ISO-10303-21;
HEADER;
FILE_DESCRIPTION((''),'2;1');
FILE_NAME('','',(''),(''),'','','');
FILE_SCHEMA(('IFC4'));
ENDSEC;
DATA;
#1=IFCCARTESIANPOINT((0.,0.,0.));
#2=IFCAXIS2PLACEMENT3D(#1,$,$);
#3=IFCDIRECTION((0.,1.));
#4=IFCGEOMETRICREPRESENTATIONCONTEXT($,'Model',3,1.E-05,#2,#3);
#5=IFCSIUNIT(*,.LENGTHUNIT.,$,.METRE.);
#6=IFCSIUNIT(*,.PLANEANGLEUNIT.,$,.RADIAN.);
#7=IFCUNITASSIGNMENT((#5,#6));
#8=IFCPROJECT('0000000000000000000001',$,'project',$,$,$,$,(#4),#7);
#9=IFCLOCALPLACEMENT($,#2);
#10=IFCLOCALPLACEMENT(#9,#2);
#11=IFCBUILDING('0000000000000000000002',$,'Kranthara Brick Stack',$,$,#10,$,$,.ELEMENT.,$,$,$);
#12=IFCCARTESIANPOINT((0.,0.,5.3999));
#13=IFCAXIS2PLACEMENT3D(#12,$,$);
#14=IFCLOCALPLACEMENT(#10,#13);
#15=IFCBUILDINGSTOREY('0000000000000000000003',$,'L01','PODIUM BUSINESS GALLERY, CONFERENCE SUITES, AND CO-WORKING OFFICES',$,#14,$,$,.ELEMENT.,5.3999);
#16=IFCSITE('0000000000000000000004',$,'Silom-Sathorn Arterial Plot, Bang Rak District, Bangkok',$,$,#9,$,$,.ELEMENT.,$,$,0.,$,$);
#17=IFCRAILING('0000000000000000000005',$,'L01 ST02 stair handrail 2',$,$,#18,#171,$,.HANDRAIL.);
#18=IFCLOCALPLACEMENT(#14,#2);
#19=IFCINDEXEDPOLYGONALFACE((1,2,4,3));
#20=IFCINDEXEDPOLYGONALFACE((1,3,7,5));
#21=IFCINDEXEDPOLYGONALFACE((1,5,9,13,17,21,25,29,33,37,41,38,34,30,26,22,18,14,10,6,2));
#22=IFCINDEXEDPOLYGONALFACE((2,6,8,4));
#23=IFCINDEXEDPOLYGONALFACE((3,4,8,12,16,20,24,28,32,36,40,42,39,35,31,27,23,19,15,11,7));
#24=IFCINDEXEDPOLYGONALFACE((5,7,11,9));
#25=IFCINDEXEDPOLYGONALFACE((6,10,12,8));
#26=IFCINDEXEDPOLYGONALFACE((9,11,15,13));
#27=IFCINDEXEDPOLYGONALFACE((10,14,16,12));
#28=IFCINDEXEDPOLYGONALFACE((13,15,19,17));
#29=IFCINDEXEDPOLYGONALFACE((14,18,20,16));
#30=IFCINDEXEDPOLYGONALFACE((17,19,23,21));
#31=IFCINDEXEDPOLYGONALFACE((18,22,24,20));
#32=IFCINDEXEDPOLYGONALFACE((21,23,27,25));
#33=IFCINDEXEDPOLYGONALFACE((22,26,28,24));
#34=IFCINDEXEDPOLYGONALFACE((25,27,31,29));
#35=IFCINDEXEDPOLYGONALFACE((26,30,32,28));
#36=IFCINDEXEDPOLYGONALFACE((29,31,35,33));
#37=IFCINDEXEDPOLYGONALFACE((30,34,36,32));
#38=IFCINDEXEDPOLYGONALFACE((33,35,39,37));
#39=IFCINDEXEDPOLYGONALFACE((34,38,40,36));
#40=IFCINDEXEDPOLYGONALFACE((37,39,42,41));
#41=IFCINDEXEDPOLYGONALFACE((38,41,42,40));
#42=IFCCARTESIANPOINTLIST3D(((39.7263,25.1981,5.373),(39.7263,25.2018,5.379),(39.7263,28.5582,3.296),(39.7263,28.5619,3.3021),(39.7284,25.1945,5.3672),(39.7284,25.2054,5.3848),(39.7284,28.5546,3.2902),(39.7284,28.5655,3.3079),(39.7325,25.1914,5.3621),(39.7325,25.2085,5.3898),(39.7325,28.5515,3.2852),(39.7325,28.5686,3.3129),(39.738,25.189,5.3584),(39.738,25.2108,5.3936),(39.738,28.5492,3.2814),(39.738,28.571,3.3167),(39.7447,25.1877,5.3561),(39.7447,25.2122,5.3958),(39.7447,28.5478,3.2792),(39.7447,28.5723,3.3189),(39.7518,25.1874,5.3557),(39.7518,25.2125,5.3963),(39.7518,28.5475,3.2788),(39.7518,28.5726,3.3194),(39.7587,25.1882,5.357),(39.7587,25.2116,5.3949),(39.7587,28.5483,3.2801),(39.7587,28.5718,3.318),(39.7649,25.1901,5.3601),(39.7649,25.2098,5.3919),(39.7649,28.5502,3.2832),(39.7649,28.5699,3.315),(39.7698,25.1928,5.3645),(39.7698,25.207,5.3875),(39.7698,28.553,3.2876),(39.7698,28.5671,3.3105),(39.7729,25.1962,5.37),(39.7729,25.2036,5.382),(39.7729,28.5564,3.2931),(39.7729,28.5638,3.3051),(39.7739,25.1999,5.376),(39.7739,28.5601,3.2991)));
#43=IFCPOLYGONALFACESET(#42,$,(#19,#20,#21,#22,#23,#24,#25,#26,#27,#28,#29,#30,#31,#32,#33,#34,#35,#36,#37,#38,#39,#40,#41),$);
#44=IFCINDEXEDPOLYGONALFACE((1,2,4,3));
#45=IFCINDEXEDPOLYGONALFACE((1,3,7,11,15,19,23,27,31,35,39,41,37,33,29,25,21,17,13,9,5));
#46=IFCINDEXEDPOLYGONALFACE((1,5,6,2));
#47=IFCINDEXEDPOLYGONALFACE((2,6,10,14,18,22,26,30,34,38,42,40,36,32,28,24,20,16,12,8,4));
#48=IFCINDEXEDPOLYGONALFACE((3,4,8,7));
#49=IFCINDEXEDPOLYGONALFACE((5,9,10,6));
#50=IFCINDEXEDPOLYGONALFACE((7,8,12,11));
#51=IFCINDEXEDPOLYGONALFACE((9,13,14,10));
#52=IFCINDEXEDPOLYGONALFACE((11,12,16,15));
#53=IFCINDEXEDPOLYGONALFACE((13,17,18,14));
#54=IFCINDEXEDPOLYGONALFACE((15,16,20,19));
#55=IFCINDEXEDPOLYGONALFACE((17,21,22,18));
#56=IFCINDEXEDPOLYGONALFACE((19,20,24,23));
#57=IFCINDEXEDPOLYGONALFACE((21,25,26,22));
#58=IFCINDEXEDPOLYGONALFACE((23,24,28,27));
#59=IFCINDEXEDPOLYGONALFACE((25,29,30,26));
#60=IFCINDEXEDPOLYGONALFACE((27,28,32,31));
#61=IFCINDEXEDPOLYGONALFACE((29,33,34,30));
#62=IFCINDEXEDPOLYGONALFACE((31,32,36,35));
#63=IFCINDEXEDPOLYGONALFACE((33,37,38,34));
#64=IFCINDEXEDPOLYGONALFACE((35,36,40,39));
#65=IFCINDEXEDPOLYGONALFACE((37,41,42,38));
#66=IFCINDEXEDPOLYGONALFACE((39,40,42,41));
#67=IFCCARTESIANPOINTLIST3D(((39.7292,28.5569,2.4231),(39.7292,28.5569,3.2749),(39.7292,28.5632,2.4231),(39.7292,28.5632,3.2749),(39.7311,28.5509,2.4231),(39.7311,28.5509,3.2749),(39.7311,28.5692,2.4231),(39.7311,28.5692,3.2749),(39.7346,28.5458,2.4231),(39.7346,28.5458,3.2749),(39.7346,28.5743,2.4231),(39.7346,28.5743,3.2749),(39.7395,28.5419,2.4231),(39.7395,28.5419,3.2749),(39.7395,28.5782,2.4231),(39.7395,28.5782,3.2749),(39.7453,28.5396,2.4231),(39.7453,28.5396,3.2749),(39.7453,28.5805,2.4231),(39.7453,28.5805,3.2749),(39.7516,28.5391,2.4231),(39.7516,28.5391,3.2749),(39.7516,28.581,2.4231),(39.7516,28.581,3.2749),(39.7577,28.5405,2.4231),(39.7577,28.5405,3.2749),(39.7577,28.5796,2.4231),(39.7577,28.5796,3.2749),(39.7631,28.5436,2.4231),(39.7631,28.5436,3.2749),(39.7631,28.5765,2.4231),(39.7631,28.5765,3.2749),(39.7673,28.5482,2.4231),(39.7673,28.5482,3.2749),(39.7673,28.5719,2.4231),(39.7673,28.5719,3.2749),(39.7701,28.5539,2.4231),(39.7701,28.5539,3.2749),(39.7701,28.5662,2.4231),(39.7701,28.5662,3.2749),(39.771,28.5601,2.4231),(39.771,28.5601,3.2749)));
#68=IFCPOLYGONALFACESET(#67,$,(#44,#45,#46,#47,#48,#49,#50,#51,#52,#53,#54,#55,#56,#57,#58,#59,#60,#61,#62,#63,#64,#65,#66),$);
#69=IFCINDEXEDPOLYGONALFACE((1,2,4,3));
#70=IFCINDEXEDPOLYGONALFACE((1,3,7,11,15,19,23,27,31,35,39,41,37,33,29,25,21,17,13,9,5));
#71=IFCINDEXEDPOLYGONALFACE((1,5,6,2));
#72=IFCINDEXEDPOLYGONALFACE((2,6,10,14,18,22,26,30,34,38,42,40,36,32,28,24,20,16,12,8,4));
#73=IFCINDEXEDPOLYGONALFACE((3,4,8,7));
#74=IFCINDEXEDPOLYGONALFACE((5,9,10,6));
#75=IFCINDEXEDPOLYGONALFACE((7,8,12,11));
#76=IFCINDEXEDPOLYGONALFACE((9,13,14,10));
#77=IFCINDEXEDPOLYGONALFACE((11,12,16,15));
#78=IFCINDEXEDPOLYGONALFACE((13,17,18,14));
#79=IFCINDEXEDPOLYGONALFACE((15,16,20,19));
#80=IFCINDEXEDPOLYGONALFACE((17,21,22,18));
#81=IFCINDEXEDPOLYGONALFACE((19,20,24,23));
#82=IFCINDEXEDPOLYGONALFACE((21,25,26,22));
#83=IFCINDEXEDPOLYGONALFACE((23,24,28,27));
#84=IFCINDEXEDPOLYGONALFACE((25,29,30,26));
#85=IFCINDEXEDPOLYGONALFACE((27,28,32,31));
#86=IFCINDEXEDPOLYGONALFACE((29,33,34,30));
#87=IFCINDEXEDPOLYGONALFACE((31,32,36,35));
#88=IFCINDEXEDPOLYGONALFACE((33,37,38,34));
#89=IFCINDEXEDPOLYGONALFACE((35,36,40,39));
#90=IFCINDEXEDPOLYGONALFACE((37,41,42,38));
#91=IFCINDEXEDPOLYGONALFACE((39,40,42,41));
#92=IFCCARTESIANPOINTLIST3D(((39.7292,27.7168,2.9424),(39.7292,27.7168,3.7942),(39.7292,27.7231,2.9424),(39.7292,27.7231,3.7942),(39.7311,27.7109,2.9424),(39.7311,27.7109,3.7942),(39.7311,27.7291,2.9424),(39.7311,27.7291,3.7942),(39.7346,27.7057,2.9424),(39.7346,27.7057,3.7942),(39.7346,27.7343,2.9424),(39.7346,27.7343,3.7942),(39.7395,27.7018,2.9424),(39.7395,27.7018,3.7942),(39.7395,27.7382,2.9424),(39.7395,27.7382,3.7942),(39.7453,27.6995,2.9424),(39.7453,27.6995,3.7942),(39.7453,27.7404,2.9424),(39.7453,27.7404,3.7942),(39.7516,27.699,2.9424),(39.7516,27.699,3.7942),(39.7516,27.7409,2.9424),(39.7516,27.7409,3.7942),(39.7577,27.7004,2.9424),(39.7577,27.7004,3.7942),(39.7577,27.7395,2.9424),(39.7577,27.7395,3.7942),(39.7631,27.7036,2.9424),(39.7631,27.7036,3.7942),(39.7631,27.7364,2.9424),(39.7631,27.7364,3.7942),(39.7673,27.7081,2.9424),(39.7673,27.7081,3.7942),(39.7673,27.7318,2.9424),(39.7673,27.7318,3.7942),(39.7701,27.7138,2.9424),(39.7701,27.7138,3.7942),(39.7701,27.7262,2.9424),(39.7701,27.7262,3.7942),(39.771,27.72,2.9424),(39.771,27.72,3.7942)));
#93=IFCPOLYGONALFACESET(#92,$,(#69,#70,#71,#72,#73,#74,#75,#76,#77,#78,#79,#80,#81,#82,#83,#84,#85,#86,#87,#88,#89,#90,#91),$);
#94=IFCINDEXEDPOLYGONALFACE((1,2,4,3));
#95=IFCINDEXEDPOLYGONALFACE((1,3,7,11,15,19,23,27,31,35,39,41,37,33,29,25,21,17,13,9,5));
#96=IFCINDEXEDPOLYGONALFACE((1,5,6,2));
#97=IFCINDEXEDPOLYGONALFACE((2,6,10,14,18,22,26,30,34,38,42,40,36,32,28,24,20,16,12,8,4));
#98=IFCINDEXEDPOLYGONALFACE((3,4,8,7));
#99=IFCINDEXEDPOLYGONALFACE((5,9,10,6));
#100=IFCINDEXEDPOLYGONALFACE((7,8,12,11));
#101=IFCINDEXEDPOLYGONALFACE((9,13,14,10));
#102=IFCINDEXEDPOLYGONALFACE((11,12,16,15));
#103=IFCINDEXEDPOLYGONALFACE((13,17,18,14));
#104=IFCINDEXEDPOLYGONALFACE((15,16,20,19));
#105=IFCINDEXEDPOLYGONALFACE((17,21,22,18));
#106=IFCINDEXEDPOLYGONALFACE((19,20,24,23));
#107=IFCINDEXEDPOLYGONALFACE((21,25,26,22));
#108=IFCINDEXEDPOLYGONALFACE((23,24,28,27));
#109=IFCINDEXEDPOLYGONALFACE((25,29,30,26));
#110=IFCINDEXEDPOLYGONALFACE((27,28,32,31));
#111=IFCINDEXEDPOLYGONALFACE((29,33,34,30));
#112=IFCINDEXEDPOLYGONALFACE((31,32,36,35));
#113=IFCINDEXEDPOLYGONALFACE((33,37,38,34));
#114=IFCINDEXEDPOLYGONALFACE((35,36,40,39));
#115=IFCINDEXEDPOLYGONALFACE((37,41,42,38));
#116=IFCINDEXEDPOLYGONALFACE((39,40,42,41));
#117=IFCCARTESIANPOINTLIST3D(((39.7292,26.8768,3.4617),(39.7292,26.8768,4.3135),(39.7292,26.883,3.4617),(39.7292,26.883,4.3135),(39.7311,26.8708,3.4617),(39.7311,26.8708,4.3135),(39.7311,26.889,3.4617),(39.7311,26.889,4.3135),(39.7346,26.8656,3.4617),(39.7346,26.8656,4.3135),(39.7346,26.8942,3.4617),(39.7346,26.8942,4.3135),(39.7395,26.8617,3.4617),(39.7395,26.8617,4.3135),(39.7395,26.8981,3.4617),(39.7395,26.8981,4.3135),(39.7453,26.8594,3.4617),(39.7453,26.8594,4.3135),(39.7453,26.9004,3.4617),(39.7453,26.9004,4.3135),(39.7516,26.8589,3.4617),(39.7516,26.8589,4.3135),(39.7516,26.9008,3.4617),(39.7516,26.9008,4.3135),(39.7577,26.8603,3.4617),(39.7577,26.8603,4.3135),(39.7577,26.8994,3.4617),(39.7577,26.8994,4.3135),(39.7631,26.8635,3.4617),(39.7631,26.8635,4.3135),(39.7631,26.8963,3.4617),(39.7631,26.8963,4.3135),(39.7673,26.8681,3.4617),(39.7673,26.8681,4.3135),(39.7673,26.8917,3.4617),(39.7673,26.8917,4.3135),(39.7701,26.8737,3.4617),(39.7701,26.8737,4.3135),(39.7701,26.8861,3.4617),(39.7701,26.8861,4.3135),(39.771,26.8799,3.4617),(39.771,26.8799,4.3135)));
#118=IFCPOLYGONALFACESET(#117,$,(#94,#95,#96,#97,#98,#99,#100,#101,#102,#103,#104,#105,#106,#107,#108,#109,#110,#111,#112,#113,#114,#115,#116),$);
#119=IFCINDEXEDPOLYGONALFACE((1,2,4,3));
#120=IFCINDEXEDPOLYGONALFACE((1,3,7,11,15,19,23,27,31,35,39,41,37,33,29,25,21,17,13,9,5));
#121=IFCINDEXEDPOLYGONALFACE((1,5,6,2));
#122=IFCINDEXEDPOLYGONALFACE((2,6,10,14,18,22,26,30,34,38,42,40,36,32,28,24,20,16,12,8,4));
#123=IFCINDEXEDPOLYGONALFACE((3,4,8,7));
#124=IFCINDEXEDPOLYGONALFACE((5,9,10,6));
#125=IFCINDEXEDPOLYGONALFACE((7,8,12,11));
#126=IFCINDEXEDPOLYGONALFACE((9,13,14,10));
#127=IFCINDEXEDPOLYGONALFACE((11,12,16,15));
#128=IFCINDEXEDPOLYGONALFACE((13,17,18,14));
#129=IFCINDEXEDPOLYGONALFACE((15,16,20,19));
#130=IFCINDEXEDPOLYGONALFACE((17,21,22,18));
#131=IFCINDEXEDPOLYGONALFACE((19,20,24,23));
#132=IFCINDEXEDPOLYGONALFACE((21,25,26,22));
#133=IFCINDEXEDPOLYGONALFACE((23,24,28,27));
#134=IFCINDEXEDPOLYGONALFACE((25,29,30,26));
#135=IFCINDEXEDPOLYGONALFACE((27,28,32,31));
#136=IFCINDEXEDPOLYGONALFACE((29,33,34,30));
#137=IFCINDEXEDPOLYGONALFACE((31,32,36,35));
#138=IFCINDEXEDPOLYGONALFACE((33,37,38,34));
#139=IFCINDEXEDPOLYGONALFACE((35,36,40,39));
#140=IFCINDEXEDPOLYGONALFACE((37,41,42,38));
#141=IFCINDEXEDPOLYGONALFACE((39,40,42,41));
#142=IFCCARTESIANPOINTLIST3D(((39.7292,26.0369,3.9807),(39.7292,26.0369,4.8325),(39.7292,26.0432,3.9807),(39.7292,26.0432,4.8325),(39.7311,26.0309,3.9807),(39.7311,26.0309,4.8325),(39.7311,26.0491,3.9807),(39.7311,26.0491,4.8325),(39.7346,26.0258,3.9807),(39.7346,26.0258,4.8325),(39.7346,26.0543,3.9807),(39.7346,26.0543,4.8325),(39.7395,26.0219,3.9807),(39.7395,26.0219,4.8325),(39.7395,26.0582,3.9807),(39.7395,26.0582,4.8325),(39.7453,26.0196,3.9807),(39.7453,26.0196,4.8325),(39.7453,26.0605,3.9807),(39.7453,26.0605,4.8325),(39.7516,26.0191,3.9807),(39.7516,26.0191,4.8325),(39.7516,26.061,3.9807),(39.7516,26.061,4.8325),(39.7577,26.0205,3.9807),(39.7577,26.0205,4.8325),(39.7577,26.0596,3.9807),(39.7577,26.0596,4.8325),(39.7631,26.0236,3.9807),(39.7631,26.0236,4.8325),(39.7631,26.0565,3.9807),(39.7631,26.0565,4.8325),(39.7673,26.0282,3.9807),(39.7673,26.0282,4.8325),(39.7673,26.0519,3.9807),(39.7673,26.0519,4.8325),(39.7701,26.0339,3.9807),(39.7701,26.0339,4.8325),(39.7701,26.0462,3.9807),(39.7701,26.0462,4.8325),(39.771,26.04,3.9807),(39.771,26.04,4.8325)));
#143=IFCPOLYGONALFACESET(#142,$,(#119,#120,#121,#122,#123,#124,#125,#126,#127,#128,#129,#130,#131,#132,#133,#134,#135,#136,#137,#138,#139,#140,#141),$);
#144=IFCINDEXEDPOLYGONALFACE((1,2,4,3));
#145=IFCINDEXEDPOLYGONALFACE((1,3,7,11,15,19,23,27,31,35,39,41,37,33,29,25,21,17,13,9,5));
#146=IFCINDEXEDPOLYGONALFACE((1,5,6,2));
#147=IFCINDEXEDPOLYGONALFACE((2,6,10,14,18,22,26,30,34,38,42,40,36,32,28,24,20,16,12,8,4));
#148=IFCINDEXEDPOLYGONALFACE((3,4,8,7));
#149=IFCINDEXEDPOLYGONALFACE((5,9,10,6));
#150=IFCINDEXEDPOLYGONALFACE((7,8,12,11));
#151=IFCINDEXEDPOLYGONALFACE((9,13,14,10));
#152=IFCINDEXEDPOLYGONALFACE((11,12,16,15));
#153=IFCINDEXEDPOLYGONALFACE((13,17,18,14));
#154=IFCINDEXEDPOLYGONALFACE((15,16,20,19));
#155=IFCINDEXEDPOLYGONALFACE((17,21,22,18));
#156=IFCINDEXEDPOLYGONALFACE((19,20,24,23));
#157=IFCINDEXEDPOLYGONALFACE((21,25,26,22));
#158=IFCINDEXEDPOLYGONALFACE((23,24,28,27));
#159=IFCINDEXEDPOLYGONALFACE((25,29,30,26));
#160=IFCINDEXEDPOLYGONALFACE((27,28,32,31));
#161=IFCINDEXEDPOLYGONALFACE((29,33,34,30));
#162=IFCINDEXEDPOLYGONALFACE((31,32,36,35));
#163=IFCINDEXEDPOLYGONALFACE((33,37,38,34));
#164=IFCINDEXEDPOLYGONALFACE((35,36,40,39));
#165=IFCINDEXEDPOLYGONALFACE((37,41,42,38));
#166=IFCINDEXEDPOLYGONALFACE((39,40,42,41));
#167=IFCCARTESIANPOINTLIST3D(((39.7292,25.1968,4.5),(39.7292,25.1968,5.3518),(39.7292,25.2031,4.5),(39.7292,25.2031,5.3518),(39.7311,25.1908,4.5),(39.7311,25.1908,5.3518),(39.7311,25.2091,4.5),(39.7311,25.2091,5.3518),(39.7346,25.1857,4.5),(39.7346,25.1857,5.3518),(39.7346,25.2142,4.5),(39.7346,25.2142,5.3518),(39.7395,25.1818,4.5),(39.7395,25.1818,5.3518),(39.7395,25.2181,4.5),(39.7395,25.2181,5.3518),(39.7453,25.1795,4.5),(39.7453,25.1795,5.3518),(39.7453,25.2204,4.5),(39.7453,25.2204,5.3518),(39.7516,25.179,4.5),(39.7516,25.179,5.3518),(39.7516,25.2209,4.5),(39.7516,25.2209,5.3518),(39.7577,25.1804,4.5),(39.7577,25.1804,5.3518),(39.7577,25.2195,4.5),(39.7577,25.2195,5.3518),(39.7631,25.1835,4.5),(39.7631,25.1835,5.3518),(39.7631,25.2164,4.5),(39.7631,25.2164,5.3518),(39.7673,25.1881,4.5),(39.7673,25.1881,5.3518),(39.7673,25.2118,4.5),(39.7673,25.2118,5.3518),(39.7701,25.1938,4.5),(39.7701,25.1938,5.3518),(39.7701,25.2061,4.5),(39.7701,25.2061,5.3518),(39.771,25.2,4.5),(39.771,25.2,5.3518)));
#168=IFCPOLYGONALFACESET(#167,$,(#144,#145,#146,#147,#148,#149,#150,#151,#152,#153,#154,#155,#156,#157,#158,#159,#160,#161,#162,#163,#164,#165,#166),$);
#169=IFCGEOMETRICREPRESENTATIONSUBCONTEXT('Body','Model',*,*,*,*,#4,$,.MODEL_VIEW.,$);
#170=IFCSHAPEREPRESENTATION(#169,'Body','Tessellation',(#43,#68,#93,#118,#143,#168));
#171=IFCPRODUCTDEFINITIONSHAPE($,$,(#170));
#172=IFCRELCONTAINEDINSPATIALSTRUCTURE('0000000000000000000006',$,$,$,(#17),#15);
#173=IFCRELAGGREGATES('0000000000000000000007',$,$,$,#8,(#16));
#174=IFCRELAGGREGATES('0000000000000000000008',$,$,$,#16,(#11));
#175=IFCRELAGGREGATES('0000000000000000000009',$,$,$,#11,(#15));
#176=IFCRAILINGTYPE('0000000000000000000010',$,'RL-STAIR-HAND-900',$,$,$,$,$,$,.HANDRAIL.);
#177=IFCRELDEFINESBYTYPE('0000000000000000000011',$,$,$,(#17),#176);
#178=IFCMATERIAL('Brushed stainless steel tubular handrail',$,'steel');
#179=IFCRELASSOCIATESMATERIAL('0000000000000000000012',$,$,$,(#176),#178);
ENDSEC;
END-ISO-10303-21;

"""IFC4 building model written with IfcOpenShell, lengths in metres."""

from ifc_helpers import new_model, si_unit, direction, frame, origin, origin_2d, place, context, subcontext, project, spatial, circle, extrude, material, type_object, element, save


model = new_model("IFC4")

# Units and contexts
model_context = context("Model", 3, precision=1e-05, world=origin(), true_north=direction((0.0, 1.0)))
body_context = subcontext(model_context, "Body", "Model", "MODEL_VIEW")
ifc_project = project(units=[si_unit("LENGTHUNIT", "METRE"), si_unit("PLANEANGLEUNIT", "RADIAN")], contexts=[model_context])

# Site, building, storey
site_placement = place(None, origin())
site = spatial("IfcSite", under=ifc_project, at=site_placement, Name="Silom-Sathorn Arterial Plot, Bang Rak District, Bangkok", CompositionType="ELEMENT", RefElevation=0.0)
building_placement = place(site_placement, origin())
building = spatial("IfcBuilding", under=site, at=building_placement, Name="Kranthara Brick Stack", CompositionType="ELEMENT")
storey_placement = place(building_placement, frame((0.0, 0.0, 5.3999)))
storey = spatial("IfcBuildingStorey", under=building, at=storey_placement, Name="L01", Description="PODIUM BUSINESS GALLERY, CONFERENCE SUITES, AND CO-WORKING OFFICES", CompositionType="ELEMENT", Elevation=5.3999)

# Railing
ifc_material_1 = material(Name="Brushed stainless steel tubular handrail", Category="steel")
railing_type_1 = type_object("IfcRailingType", Name="RL-STAIR-HAND-900", PredefinedType="HANDRAIL", material=ifc_material_1)
railing_1_placement = place(storey_placement, frame((39.75, 28.5601, 2.4231)))
element("IfcRailing", 1, at=railing_1_placement, inside=storey, type_object=railing_type_1, Name="L01 ST02 stair handrail 2", PredefinedType="HANDRAIL", context=body_context, shape_type="SweptSolid", body=[
    extrude(circle(Radius=0.0239, at=origin_2d()), frame((0.0, 0.0, 0.876), z_axis=(0.0, -0.850623, 0.525776), x_axis=(1.0, 0.0, 0.0)), (0.0, 0.0, 1.0), 3.9502),
    extrude(circle(Radius=0.021, at=origin_2d()), origin(), (0.0, 0.0, 1.0), 0.8518),
    extrude(circle(Radius=0.021, at=origin_2d()), frame((0.0, -0.8401, 0.5193)), (0.0, 0.0, 1.0), 0.8518),
    extrude(circle(Radius=0.021, at=origin_2d()), frame((0.0, -1.6802, 1.0386)), (0.0, 0.0, 1.0), 0.8518),
    extrude(circle(Radius=0.021, at=origin_2d()), frame((0.0, -2.52, 1.5576)), (0.0, 0.0, 1.0), 0.8518),
    extrude(circle(Radius=0.021, at=origin_2d()), frame((0.0, -3.3601, 2.0769)), (0.0, 0.0, 1.0), 0.8518),
])

save(model, "model.ifc")
